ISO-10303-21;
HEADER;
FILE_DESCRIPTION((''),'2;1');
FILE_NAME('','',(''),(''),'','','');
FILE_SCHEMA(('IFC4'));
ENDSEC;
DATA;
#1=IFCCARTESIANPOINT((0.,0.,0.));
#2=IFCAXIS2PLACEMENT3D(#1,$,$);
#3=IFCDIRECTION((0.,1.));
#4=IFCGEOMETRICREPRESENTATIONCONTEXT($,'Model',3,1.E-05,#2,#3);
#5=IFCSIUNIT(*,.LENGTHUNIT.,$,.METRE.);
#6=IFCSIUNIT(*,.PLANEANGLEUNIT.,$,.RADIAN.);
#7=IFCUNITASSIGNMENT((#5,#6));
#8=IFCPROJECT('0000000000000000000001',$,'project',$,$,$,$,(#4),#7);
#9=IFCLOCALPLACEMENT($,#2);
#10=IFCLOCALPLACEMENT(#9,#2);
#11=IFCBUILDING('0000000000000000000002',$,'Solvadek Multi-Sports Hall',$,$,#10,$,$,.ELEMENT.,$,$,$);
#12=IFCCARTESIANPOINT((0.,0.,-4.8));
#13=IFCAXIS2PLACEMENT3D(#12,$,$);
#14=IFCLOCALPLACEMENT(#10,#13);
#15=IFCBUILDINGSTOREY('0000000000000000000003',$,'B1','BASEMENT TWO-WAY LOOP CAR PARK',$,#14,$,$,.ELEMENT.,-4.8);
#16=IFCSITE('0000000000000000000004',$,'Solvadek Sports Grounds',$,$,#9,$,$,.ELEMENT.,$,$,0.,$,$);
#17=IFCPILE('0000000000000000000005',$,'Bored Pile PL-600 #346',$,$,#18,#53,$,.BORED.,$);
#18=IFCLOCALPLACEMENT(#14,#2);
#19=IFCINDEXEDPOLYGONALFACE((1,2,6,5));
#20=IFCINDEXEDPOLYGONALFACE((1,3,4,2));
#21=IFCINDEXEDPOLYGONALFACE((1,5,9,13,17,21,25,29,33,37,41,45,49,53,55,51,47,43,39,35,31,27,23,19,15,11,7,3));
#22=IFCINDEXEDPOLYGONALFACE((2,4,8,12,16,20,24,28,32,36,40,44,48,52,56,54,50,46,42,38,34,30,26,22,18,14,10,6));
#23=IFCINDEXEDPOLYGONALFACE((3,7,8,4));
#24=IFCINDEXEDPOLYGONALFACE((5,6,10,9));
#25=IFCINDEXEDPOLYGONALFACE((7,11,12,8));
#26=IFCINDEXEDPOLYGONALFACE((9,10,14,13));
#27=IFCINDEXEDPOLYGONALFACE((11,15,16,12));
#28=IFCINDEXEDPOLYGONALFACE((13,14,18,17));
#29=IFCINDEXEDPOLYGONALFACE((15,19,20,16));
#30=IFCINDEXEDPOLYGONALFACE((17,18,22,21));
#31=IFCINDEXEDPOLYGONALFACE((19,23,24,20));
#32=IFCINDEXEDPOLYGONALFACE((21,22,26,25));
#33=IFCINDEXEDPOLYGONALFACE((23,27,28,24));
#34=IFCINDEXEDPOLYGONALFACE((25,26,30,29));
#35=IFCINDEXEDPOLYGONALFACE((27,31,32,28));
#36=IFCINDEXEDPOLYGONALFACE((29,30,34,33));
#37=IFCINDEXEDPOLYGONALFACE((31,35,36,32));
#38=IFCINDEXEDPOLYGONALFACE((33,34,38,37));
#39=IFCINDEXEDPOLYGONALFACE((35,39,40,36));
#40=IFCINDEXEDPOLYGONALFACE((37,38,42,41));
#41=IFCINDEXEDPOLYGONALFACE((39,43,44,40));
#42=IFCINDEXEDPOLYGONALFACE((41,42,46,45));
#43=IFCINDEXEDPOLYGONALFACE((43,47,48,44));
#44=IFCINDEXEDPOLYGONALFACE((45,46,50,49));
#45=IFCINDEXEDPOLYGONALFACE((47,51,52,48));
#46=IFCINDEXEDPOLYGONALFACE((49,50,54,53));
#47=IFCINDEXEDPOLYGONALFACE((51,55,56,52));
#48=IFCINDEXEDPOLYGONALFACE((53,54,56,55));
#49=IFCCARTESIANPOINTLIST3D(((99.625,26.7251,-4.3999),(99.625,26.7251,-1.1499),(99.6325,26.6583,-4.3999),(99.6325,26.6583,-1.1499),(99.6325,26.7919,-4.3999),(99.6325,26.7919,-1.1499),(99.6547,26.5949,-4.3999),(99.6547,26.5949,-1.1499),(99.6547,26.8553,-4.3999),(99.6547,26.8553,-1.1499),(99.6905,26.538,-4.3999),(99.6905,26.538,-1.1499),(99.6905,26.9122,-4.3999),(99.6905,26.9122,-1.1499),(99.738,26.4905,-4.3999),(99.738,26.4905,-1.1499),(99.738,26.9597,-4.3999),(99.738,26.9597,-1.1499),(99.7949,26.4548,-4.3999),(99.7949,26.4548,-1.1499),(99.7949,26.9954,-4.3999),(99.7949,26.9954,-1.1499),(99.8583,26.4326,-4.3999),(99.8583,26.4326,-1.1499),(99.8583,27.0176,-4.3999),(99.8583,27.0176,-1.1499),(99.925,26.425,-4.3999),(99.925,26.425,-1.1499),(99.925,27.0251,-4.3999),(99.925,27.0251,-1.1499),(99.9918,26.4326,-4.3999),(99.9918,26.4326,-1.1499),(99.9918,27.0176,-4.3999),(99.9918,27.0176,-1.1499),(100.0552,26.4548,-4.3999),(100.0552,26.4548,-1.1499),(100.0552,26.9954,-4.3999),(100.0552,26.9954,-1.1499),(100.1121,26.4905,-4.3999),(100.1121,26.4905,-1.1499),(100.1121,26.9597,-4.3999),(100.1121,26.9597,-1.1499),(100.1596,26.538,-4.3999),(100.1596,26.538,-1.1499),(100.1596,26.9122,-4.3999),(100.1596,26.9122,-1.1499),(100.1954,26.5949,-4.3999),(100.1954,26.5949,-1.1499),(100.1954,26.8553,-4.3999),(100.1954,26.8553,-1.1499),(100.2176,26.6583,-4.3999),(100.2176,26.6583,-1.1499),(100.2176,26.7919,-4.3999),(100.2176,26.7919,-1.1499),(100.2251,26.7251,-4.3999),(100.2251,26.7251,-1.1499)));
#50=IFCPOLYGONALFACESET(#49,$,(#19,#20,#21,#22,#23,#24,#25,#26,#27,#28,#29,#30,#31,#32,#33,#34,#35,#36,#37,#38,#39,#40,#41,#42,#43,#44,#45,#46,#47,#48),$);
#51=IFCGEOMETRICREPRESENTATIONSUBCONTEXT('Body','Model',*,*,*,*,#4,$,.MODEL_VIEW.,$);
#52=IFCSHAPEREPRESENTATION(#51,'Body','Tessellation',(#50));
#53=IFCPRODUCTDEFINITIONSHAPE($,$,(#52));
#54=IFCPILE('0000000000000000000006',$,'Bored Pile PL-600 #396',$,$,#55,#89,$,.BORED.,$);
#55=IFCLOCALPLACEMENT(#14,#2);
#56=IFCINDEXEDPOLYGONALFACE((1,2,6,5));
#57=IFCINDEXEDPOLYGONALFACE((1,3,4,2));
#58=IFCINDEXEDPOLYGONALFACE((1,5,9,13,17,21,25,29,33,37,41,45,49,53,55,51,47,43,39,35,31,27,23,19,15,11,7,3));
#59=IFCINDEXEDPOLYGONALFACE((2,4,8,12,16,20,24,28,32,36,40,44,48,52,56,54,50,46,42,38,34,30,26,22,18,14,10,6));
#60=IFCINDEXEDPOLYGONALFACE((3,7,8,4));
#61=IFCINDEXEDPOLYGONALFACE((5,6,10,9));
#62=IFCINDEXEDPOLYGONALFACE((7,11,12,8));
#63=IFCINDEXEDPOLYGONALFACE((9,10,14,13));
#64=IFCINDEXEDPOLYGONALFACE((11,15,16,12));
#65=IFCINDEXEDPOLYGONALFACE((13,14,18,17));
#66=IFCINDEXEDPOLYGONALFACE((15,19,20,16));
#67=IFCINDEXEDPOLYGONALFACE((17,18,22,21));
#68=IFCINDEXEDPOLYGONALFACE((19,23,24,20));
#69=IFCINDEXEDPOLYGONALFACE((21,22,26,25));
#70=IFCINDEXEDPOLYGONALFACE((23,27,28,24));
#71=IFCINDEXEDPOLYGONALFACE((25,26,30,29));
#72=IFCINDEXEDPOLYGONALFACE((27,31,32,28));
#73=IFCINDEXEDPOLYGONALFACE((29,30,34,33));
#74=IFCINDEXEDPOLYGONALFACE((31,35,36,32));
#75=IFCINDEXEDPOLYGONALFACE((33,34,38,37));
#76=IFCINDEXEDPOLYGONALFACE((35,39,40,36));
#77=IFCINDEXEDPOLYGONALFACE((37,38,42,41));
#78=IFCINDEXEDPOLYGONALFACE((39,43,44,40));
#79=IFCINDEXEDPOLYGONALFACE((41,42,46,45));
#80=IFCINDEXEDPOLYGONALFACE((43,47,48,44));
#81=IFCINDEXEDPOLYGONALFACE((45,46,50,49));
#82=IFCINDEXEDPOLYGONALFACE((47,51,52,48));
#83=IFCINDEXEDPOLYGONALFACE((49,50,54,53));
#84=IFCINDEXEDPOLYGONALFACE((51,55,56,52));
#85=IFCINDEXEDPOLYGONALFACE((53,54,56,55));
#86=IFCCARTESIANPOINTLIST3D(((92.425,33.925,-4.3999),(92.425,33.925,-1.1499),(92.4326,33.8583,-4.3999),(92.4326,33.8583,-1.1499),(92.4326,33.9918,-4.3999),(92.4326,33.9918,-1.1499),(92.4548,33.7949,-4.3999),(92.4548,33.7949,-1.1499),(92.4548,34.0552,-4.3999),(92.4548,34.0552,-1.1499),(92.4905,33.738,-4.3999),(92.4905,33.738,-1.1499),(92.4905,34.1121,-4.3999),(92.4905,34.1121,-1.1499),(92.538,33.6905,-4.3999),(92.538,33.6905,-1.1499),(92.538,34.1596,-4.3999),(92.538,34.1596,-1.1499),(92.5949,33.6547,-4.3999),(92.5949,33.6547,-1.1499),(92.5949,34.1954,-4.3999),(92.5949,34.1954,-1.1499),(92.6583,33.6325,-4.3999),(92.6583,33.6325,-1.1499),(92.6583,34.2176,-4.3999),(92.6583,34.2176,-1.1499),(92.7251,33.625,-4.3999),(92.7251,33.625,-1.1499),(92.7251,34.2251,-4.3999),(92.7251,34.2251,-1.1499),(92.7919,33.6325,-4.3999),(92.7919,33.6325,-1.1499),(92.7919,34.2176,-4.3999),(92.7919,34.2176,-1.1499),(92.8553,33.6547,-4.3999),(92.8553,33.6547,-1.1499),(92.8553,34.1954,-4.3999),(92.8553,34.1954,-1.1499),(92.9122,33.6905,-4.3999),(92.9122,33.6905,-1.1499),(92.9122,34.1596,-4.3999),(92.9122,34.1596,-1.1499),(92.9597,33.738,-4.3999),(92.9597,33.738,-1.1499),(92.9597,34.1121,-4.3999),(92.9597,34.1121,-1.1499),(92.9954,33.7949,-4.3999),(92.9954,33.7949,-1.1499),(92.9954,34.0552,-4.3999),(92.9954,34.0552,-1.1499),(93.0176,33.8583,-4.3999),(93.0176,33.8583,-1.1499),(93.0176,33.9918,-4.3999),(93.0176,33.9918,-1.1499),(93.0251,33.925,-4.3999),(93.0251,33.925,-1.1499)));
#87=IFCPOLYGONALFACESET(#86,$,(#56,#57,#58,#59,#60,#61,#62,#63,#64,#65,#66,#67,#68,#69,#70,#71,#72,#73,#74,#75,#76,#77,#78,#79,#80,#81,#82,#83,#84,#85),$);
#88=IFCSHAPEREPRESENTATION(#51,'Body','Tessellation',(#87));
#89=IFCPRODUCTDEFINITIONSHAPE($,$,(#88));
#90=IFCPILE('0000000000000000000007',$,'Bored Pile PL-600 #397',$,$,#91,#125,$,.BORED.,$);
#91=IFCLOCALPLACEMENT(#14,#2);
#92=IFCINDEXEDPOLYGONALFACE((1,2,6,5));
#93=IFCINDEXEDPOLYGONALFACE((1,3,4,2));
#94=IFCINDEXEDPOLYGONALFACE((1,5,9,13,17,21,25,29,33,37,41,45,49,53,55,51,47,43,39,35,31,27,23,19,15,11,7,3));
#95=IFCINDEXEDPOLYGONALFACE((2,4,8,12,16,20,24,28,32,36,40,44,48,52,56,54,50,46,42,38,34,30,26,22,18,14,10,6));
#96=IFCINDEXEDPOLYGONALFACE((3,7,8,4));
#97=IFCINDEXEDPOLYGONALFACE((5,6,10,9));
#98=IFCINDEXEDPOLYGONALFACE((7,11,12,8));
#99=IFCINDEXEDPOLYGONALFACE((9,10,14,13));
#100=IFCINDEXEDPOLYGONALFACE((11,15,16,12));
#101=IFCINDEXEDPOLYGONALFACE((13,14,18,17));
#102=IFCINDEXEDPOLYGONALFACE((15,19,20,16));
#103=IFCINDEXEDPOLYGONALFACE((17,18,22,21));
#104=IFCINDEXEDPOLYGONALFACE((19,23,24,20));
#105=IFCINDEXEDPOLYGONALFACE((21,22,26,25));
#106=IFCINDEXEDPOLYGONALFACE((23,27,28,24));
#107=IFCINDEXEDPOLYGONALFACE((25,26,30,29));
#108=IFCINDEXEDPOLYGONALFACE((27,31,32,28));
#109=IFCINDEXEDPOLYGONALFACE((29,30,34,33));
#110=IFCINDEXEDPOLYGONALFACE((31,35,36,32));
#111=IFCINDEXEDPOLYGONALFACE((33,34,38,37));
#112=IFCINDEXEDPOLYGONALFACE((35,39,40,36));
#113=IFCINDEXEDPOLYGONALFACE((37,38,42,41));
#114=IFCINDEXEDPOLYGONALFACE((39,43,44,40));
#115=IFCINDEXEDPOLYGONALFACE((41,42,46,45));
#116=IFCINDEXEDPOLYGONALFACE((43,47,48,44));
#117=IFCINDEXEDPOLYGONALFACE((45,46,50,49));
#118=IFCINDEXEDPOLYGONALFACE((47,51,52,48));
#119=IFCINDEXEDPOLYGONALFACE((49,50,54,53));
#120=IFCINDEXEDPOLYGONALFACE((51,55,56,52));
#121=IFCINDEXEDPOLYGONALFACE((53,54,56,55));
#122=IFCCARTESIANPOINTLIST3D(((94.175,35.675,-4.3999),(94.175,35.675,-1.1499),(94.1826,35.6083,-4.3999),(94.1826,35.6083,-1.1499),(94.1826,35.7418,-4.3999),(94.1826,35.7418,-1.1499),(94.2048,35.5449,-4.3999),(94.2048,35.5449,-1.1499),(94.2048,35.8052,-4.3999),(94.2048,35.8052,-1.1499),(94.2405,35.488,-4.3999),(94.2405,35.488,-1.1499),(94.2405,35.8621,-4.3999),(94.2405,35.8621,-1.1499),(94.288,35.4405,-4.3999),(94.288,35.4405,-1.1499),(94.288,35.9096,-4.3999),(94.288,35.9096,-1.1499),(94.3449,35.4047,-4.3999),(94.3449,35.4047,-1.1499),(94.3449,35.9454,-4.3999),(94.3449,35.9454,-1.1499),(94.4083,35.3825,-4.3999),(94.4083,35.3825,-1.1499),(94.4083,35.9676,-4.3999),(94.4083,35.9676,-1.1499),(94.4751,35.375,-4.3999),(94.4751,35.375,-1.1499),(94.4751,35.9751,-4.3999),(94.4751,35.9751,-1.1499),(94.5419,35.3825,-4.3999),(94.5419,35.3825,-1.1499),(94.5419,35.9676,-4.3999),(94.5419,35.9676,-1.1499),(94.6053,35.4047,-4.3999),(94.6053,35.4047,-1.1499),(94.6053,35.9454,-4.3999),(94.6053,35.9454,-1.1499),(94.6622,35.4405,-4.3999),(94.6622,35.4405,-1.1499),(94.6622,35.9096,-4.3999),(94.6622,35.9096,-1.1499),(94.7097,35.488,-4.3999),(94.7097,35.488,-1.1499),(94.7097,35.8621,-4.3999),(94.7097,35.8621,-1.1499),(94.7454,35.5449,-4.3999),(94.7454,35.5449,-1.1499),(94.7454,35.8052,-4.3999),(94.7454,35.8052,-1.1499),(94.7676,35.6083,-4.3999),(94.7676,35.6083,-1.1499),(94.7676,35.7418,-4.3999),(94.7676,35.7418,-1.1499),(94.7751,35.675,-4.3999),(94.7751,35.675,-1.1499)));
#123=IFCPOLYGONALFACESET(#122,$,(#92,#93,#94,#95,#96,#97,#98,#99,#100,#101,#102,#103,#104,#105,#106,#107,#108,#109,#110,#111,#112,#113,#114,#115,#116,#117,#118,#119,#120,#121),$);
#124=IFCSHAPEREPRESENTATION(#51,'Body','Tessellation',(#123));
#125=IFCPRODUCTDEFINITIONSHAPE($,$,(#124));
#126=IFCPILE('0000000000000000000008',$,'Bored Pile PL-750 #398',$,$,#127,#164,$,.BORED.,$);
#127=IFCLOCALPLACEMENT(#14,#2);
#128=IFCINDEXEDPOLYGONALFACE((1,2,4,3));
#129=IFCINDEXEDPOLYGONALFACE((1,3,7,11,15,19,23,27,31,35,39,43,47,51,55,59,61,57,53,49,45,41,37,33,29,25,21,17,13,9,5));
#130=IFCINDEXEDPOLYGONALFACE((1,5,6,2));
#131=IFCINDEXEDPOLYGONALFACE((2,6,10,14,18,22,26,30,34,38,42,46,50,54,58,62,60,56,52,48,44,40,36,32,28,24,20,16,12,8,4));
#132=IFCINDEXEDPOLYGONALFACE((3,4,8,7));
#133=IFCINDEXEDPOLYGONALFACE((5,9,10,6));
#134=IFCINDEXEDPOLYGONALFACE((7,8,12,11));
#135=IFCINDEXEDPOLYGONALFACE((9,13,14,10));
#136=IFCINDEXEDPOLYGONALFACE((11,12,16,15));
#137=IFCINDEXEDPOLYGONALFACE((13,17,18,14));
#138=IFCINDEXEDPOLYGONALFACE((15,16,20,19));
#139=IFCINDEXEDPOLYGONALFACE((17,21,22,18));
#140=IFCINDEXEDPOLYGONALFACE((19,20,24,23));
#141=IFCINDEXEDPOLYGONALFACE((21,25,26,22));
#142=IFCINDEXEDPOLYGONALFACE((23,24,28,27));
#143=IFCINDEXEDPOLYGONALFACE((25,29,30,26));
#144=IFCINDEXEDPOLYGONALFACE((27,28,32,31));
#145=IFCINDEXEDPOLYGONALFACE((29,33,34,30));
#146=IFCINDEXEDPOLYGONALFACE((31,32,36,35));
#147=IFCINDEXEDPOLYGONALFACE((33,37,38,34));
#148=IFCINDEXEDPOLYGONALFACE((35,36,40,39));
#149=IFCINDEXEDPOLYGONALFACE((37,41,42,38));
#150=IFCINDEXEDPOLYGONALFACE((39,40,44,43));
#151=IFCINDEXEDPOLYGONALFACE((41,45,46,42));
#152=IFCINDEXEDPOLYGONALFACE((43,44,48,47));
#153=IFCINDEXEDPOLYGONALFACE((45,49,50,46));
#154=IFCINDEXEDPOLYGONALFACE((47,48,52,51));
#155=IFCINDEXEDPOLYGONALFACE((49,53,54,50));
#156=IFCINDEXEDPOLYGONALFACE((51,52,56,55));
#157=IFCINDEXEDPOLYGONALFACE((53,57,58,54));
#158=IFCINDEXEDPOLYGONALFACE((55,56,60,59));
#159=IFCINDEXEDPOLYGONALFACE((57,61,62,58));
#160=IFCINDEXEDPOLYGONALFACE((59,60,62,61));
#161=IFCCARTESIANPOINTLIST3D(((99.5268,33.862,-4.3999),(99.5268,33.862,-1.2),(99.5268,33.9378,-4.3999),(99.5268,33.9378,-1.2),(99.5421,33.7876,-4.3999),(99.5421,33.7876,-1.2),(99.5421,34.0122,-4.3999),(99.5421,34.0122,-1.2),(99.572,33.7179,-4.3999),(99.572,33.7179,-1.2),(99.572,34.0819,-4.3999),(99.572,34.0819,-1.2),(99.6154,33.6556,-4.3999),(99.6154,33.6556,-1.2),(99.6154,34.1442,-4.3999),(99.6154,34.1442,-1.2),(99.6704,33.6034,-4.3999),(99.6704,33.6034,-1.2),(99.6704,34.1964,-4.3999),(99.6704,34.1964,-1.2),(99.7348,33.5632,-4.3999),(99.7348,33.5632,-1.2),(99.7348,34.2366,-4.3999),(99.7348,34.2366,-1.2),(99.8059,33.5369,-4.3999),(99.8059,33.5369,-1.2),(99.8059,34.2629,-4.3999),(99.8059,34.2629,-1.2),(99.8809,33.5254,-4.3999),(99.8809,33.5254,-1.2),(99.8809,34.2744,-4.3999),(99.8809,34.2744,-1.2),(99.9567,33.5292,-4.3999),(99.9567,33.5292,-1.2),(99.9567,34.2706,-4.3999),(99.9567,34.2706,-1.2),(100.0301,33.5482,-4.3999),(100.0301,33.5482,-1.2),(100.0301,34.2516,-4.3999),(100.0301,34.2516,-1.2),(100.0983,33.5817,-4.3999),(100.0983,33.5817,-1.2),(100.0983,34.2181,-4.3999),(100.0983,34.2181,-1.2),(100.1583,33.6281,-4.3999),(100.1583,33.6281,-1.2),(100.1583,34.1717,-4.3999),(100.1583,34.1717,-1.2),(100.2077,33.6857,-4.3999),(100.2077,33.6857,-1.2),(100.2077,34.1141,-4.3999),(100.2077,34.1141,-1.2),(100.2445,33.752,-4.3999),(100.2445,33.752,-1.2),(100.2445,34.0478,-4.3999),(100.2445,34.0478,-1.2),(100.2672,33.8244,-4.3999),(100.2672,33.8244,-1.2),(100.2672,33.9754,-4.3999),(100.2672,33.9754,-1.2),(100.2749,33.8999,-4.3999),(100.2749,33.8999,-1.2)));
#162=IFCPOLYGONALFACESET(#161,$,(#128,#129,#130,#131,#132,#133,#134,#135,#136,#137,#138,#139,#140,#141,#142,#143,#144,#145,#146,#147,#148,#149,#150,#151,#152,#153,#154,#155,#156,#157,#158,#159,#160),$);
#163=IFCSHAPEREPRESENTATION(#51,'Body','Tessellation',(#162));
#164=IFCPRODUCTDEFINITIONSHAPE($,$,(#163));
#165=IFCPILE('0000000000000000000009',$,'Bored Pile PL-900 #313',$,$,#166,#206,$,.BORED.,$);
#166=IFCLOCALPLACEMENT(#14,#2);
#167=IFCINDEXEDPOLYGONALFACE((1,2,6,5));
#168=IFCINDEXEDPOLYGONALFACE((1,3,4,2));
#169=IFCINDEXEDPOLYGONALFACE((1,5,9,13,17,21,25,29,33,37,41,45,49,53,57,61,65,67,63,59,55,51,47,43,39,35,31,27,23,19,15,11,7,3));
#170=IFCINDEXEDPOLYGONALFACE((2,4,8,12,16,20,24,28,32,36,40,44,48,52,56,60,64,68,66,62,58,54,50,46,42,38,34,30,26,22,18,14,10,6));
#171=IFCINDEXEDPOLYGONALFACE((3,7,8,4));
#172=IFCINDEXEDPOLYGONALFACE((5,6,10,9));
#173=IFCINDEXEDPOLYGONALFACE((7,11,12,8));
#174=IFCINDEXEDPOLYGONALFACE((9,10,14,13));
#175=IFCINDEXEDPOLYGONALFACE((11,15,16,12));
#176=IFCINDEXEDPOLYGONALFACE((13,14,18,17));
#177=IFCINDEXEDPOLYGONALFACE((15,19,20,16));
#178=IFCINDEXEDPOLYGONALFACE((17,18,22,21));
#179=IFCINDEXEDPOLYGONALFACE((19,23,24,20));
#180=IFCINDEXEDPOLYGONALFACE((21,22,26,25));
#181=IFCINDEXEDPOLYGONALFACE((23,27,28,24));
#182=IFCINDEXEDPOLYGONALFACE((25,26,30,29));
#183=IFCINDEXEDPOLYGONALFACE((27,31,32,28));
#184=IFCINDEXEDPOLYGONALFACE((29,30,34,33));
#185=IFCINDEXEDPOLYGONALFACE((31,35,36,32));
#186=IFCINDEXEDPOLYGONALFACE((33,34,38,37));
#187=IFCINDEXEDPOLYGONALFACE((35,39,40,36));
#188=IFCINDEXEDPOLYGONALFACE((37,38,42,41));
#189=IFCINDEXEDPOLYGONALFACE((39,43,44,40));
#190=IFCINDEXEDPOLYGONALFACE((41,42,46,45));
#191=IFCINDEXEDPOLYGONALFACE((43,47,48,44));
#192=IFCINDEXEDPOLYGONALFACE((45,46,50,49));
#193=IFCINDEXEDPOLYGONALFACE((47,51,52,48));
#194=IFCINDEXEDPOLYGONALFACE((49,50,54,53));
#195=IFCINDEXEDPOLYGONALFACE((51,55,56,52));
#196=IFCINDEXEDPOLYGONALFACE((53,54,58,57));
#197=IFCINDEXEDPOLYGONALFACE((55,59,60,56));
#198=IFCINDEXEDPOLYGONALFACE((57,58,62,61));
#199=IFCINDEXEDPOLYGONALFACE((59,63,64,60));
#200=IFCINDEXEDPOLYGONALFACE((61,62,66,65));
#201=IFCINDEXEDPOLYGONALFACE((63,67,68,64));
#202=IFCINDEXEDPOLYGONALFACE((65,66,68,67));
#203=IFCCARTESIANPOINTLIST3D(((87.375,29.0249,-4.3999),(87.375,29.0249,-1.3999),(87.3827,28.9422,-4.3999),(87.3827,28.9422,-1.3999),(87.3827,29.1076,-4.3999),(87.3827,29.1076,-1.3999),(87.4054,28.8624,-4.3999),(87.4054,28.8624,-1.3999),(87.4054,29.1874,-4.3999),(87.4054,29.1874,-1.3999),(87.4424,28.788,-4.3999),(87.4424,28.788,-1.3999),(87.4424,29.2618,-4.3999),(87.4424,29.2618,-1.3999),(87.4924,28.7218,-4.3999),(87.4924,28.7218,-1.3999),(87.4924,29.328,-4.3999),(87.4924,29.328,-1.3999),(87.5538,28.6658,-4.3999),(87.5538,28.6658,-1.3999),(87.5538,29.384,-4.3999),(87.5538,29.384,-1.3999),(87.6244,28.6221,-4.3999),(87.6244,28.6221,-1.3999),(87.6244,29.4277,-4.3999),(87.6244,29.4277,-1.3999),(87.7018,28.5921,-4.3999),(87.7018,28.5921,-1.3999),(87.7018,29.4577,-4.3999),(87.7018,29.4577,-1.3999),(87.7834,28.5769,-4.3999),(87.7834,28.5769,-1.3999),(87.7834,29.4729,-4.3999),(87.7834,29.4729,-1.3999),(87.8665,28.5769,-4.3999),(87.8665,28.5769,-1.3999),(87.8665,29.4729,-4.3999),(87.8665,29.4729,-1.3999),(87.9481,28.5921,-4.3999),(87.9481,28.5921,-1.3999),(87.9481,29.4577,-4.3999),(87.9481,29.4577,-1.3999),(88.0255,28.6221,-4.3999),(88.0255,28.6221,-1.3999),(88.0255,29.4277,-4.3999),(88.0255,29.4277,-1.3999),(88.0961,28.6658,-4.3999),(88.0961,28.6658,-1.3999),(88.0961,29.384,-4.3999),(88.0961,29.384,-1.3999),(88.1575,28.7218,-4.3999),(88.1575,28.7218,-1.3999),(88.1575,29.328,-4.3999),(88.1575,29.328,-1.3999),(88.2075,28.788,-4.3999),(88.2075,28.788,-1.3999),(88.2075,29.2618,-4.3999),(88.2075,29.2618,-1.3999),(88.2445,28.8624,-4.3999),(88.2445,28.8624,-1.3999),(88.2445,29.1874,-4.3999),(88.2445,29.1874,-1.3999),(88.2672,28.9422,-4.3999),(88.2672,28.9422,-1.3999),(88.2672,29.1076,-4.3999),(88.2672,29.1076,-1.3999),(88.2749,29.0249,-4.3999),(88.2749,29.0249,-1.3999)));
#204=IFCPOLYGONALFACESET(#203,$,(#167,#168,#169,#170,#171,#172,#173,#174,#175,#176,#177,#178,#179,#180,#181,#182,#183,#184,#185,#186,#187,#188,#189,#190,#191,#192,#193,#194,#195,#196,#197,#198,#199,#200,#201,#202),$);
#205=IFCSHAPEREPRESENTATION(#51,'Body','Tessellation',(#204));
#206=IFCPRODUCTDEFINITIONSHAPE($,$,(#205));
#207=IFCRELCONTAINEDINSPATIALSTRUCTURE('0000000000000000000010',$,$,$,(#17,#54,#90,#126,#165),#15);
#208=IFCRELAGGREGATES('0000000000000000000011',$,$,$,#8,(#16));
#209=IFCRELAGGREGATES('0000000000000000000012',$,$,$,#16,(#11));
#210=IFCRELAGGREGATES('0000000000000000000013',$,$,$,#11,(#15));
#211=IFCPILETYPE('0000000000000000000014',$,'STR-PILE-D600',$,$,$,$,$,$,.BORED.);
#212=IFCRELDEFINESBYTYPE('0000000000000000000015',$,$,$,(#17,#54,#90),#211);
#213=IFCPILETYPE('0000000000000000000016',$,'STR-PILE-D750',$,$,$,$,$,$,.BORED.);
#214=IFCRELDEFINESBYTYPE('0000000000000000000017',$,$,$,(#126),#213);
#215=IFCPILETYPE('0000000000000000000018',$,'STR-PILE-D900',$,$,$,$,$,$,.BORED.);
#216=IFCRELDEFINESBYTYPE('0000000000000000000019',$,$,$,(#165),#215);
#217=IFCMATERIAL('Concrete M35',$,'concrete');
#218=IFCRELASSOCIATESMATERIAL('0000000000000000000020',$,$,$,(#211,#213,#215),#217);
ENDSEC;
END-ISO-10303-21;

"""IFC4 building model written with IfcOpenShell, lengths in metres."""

from ifc_helpers import new_model, si_unit, direction, frame, origin, origin_2d, place, context, subcontext, project, spatial, circle, extrude, material, material_profile, profile_set, type_object, element, save


model = new_model("IFC4")

# Units and contexts
model_context = context("Model", 3, precision=1e-05, world=origin(), true_north=direction((0.0, 1.0)))
body_context = subcontext(model_context, "Body", "Model", "MODEL_VIEW")
ifc_project = project(units=[si_unit("LENGTHUNIT", "METRE"), si_unit("PLANEANGLEUNIT", "RADIAN")], contexts=[model_context])

# Site, building, storey
site_placement = place(None, origin())
site = spatial("IfcSite", under=ifc_project, at=site_placement, Name="Solvadek Sports Grounds", CompositionType="ELEMENT", RefElevation=0.0)
building_placement = place(site_placement, origin())
building = spatial("IfcBuilding", under=site, at=building_placement, Name="Solvadek Multi-Sports Hall", CompositionType="ELEMENT")
storey_placement = place(building_placement, frame((0.0, 0.0, -4.8)))
storey = spatial("IfcBuildingStorey", under=building, at=storey_placement, Name="B1", Description="BASEMENT TWO-WAY LOOP CAR PARK", CompositionType="ELEMENT", Elevation=-4.8)

# Piles
ifc_material_1 = material(Name="Concrete M35", Category="concrete")
ifc_material_profile_1 = material_profile(ifc_material_1, circle(Radius=0.3, at=origin_2d()), Name="BORED PILE D600")
ifc_profile_set_1 = profile_set([ifc_material_profile_1], Name="Concrete M35")
pile_type_1 = type_object("IfcPileType", Name="STR-PILE-D600", PredefinedType="BORED", material=ifc_profile_set_1)
for number, where, z_axis, x_axis, name in (
    (1, (99.925, 26.7251, -1.1499), (0.0, 0.0, -1.0), (1.0, 0.0, 0.0), "Bored Pile PL-600 #346"),
    (2, (92.7251, 33.925, -1.1499), (0.0, 0.0, -1.0), (1.0, 0.0, 0.0), "Bored Pile PL-600 #396"),
    (3, (94.4751, 35.675, -1.1499), (0.0, 0.0, -1.0), (1.0, 0.0, 0.0), "Bored Pile PL-600 #397"),
):
    element("IfcPile", number, at=place(storey_placement, frame(where, z_axis=z_axis, x_axis=x_axis)), inside=storey, type_object=pile_type_1, Name=name, PredefinedType="BORED", context=body_context, shape_type="SweptSolid", body=[
        extrude(circle(Radius=0.3, at=origin_2d()), origin(), (0.0, 0.0, 1.0), 3.25),
    ])
ifc_material_profile_2 = material_profile(ifc_material_1, circle(Radius=0.375, at=origin_2d()), Name="BORED PILE D750")
ifc_profile_set_2 = profile_set([ifc_material_profile_2], Name="Concrete M35")
pile_type_2 = type_object("IfcPileType", Name="STR-PILE-D750", PredefinedType="BORED", material=ifc_profile_set_2)
pile_placement = place(storey_placement, frame((99.8999, 33.8999, -1.2), z_axis=(0.0, 0.0, -1.0), x_axis=(1.0, 0.0, 0.0)))
element("IfcPile", 4, at=pile_placement, inside=storey, type_object=pile_type_2, Name="Bored Pile PL-750 #398", PredefinedType="BORED", context=body_context, shape_type="SweptSolid", body=[
    extrude(circle(Radius=0.375, at=origin_2d()), origin(), (0.0, 0.0, 1.0), 3.2),
])
ifc_material_profile_3 = material_profile(ifc_material_1, circle(Radius=0.45, at=origin_2d()), Name="BORED PILE D900")
ifc_profile_set_3 = profile_set([ifc_material_profile_3], Name="Concrete M35")
pile_type_3 = type_object("IfcPileType", Name="STR-PILE-D900", PredefinedType="BORED", material=ifc_profile_set_3)
for number, where, z_axis, x_axis, name in (
    (5, (87.825, 29.0249, -1.3999), (0.0, 0.0, -1.0), (1.0, 0.0, 0.0), "Bored Pile PL-900 #313"),
):
    element("IfcPile", number, at=place(storey_placement, frame(where, z_axis=z_axis, x_axis=x_axis)), inside=storey, type_object=pile_type_3, Name=name, PredefinedType="BORED", context=body_context, shape_type="SweptSolid", body=[
        extrude(circle(Radius=0.45, at=origin_2d()), origin(), (0.0, 0.0, 1.0), 3.0),
    ])

save(model, "model.ifc")
